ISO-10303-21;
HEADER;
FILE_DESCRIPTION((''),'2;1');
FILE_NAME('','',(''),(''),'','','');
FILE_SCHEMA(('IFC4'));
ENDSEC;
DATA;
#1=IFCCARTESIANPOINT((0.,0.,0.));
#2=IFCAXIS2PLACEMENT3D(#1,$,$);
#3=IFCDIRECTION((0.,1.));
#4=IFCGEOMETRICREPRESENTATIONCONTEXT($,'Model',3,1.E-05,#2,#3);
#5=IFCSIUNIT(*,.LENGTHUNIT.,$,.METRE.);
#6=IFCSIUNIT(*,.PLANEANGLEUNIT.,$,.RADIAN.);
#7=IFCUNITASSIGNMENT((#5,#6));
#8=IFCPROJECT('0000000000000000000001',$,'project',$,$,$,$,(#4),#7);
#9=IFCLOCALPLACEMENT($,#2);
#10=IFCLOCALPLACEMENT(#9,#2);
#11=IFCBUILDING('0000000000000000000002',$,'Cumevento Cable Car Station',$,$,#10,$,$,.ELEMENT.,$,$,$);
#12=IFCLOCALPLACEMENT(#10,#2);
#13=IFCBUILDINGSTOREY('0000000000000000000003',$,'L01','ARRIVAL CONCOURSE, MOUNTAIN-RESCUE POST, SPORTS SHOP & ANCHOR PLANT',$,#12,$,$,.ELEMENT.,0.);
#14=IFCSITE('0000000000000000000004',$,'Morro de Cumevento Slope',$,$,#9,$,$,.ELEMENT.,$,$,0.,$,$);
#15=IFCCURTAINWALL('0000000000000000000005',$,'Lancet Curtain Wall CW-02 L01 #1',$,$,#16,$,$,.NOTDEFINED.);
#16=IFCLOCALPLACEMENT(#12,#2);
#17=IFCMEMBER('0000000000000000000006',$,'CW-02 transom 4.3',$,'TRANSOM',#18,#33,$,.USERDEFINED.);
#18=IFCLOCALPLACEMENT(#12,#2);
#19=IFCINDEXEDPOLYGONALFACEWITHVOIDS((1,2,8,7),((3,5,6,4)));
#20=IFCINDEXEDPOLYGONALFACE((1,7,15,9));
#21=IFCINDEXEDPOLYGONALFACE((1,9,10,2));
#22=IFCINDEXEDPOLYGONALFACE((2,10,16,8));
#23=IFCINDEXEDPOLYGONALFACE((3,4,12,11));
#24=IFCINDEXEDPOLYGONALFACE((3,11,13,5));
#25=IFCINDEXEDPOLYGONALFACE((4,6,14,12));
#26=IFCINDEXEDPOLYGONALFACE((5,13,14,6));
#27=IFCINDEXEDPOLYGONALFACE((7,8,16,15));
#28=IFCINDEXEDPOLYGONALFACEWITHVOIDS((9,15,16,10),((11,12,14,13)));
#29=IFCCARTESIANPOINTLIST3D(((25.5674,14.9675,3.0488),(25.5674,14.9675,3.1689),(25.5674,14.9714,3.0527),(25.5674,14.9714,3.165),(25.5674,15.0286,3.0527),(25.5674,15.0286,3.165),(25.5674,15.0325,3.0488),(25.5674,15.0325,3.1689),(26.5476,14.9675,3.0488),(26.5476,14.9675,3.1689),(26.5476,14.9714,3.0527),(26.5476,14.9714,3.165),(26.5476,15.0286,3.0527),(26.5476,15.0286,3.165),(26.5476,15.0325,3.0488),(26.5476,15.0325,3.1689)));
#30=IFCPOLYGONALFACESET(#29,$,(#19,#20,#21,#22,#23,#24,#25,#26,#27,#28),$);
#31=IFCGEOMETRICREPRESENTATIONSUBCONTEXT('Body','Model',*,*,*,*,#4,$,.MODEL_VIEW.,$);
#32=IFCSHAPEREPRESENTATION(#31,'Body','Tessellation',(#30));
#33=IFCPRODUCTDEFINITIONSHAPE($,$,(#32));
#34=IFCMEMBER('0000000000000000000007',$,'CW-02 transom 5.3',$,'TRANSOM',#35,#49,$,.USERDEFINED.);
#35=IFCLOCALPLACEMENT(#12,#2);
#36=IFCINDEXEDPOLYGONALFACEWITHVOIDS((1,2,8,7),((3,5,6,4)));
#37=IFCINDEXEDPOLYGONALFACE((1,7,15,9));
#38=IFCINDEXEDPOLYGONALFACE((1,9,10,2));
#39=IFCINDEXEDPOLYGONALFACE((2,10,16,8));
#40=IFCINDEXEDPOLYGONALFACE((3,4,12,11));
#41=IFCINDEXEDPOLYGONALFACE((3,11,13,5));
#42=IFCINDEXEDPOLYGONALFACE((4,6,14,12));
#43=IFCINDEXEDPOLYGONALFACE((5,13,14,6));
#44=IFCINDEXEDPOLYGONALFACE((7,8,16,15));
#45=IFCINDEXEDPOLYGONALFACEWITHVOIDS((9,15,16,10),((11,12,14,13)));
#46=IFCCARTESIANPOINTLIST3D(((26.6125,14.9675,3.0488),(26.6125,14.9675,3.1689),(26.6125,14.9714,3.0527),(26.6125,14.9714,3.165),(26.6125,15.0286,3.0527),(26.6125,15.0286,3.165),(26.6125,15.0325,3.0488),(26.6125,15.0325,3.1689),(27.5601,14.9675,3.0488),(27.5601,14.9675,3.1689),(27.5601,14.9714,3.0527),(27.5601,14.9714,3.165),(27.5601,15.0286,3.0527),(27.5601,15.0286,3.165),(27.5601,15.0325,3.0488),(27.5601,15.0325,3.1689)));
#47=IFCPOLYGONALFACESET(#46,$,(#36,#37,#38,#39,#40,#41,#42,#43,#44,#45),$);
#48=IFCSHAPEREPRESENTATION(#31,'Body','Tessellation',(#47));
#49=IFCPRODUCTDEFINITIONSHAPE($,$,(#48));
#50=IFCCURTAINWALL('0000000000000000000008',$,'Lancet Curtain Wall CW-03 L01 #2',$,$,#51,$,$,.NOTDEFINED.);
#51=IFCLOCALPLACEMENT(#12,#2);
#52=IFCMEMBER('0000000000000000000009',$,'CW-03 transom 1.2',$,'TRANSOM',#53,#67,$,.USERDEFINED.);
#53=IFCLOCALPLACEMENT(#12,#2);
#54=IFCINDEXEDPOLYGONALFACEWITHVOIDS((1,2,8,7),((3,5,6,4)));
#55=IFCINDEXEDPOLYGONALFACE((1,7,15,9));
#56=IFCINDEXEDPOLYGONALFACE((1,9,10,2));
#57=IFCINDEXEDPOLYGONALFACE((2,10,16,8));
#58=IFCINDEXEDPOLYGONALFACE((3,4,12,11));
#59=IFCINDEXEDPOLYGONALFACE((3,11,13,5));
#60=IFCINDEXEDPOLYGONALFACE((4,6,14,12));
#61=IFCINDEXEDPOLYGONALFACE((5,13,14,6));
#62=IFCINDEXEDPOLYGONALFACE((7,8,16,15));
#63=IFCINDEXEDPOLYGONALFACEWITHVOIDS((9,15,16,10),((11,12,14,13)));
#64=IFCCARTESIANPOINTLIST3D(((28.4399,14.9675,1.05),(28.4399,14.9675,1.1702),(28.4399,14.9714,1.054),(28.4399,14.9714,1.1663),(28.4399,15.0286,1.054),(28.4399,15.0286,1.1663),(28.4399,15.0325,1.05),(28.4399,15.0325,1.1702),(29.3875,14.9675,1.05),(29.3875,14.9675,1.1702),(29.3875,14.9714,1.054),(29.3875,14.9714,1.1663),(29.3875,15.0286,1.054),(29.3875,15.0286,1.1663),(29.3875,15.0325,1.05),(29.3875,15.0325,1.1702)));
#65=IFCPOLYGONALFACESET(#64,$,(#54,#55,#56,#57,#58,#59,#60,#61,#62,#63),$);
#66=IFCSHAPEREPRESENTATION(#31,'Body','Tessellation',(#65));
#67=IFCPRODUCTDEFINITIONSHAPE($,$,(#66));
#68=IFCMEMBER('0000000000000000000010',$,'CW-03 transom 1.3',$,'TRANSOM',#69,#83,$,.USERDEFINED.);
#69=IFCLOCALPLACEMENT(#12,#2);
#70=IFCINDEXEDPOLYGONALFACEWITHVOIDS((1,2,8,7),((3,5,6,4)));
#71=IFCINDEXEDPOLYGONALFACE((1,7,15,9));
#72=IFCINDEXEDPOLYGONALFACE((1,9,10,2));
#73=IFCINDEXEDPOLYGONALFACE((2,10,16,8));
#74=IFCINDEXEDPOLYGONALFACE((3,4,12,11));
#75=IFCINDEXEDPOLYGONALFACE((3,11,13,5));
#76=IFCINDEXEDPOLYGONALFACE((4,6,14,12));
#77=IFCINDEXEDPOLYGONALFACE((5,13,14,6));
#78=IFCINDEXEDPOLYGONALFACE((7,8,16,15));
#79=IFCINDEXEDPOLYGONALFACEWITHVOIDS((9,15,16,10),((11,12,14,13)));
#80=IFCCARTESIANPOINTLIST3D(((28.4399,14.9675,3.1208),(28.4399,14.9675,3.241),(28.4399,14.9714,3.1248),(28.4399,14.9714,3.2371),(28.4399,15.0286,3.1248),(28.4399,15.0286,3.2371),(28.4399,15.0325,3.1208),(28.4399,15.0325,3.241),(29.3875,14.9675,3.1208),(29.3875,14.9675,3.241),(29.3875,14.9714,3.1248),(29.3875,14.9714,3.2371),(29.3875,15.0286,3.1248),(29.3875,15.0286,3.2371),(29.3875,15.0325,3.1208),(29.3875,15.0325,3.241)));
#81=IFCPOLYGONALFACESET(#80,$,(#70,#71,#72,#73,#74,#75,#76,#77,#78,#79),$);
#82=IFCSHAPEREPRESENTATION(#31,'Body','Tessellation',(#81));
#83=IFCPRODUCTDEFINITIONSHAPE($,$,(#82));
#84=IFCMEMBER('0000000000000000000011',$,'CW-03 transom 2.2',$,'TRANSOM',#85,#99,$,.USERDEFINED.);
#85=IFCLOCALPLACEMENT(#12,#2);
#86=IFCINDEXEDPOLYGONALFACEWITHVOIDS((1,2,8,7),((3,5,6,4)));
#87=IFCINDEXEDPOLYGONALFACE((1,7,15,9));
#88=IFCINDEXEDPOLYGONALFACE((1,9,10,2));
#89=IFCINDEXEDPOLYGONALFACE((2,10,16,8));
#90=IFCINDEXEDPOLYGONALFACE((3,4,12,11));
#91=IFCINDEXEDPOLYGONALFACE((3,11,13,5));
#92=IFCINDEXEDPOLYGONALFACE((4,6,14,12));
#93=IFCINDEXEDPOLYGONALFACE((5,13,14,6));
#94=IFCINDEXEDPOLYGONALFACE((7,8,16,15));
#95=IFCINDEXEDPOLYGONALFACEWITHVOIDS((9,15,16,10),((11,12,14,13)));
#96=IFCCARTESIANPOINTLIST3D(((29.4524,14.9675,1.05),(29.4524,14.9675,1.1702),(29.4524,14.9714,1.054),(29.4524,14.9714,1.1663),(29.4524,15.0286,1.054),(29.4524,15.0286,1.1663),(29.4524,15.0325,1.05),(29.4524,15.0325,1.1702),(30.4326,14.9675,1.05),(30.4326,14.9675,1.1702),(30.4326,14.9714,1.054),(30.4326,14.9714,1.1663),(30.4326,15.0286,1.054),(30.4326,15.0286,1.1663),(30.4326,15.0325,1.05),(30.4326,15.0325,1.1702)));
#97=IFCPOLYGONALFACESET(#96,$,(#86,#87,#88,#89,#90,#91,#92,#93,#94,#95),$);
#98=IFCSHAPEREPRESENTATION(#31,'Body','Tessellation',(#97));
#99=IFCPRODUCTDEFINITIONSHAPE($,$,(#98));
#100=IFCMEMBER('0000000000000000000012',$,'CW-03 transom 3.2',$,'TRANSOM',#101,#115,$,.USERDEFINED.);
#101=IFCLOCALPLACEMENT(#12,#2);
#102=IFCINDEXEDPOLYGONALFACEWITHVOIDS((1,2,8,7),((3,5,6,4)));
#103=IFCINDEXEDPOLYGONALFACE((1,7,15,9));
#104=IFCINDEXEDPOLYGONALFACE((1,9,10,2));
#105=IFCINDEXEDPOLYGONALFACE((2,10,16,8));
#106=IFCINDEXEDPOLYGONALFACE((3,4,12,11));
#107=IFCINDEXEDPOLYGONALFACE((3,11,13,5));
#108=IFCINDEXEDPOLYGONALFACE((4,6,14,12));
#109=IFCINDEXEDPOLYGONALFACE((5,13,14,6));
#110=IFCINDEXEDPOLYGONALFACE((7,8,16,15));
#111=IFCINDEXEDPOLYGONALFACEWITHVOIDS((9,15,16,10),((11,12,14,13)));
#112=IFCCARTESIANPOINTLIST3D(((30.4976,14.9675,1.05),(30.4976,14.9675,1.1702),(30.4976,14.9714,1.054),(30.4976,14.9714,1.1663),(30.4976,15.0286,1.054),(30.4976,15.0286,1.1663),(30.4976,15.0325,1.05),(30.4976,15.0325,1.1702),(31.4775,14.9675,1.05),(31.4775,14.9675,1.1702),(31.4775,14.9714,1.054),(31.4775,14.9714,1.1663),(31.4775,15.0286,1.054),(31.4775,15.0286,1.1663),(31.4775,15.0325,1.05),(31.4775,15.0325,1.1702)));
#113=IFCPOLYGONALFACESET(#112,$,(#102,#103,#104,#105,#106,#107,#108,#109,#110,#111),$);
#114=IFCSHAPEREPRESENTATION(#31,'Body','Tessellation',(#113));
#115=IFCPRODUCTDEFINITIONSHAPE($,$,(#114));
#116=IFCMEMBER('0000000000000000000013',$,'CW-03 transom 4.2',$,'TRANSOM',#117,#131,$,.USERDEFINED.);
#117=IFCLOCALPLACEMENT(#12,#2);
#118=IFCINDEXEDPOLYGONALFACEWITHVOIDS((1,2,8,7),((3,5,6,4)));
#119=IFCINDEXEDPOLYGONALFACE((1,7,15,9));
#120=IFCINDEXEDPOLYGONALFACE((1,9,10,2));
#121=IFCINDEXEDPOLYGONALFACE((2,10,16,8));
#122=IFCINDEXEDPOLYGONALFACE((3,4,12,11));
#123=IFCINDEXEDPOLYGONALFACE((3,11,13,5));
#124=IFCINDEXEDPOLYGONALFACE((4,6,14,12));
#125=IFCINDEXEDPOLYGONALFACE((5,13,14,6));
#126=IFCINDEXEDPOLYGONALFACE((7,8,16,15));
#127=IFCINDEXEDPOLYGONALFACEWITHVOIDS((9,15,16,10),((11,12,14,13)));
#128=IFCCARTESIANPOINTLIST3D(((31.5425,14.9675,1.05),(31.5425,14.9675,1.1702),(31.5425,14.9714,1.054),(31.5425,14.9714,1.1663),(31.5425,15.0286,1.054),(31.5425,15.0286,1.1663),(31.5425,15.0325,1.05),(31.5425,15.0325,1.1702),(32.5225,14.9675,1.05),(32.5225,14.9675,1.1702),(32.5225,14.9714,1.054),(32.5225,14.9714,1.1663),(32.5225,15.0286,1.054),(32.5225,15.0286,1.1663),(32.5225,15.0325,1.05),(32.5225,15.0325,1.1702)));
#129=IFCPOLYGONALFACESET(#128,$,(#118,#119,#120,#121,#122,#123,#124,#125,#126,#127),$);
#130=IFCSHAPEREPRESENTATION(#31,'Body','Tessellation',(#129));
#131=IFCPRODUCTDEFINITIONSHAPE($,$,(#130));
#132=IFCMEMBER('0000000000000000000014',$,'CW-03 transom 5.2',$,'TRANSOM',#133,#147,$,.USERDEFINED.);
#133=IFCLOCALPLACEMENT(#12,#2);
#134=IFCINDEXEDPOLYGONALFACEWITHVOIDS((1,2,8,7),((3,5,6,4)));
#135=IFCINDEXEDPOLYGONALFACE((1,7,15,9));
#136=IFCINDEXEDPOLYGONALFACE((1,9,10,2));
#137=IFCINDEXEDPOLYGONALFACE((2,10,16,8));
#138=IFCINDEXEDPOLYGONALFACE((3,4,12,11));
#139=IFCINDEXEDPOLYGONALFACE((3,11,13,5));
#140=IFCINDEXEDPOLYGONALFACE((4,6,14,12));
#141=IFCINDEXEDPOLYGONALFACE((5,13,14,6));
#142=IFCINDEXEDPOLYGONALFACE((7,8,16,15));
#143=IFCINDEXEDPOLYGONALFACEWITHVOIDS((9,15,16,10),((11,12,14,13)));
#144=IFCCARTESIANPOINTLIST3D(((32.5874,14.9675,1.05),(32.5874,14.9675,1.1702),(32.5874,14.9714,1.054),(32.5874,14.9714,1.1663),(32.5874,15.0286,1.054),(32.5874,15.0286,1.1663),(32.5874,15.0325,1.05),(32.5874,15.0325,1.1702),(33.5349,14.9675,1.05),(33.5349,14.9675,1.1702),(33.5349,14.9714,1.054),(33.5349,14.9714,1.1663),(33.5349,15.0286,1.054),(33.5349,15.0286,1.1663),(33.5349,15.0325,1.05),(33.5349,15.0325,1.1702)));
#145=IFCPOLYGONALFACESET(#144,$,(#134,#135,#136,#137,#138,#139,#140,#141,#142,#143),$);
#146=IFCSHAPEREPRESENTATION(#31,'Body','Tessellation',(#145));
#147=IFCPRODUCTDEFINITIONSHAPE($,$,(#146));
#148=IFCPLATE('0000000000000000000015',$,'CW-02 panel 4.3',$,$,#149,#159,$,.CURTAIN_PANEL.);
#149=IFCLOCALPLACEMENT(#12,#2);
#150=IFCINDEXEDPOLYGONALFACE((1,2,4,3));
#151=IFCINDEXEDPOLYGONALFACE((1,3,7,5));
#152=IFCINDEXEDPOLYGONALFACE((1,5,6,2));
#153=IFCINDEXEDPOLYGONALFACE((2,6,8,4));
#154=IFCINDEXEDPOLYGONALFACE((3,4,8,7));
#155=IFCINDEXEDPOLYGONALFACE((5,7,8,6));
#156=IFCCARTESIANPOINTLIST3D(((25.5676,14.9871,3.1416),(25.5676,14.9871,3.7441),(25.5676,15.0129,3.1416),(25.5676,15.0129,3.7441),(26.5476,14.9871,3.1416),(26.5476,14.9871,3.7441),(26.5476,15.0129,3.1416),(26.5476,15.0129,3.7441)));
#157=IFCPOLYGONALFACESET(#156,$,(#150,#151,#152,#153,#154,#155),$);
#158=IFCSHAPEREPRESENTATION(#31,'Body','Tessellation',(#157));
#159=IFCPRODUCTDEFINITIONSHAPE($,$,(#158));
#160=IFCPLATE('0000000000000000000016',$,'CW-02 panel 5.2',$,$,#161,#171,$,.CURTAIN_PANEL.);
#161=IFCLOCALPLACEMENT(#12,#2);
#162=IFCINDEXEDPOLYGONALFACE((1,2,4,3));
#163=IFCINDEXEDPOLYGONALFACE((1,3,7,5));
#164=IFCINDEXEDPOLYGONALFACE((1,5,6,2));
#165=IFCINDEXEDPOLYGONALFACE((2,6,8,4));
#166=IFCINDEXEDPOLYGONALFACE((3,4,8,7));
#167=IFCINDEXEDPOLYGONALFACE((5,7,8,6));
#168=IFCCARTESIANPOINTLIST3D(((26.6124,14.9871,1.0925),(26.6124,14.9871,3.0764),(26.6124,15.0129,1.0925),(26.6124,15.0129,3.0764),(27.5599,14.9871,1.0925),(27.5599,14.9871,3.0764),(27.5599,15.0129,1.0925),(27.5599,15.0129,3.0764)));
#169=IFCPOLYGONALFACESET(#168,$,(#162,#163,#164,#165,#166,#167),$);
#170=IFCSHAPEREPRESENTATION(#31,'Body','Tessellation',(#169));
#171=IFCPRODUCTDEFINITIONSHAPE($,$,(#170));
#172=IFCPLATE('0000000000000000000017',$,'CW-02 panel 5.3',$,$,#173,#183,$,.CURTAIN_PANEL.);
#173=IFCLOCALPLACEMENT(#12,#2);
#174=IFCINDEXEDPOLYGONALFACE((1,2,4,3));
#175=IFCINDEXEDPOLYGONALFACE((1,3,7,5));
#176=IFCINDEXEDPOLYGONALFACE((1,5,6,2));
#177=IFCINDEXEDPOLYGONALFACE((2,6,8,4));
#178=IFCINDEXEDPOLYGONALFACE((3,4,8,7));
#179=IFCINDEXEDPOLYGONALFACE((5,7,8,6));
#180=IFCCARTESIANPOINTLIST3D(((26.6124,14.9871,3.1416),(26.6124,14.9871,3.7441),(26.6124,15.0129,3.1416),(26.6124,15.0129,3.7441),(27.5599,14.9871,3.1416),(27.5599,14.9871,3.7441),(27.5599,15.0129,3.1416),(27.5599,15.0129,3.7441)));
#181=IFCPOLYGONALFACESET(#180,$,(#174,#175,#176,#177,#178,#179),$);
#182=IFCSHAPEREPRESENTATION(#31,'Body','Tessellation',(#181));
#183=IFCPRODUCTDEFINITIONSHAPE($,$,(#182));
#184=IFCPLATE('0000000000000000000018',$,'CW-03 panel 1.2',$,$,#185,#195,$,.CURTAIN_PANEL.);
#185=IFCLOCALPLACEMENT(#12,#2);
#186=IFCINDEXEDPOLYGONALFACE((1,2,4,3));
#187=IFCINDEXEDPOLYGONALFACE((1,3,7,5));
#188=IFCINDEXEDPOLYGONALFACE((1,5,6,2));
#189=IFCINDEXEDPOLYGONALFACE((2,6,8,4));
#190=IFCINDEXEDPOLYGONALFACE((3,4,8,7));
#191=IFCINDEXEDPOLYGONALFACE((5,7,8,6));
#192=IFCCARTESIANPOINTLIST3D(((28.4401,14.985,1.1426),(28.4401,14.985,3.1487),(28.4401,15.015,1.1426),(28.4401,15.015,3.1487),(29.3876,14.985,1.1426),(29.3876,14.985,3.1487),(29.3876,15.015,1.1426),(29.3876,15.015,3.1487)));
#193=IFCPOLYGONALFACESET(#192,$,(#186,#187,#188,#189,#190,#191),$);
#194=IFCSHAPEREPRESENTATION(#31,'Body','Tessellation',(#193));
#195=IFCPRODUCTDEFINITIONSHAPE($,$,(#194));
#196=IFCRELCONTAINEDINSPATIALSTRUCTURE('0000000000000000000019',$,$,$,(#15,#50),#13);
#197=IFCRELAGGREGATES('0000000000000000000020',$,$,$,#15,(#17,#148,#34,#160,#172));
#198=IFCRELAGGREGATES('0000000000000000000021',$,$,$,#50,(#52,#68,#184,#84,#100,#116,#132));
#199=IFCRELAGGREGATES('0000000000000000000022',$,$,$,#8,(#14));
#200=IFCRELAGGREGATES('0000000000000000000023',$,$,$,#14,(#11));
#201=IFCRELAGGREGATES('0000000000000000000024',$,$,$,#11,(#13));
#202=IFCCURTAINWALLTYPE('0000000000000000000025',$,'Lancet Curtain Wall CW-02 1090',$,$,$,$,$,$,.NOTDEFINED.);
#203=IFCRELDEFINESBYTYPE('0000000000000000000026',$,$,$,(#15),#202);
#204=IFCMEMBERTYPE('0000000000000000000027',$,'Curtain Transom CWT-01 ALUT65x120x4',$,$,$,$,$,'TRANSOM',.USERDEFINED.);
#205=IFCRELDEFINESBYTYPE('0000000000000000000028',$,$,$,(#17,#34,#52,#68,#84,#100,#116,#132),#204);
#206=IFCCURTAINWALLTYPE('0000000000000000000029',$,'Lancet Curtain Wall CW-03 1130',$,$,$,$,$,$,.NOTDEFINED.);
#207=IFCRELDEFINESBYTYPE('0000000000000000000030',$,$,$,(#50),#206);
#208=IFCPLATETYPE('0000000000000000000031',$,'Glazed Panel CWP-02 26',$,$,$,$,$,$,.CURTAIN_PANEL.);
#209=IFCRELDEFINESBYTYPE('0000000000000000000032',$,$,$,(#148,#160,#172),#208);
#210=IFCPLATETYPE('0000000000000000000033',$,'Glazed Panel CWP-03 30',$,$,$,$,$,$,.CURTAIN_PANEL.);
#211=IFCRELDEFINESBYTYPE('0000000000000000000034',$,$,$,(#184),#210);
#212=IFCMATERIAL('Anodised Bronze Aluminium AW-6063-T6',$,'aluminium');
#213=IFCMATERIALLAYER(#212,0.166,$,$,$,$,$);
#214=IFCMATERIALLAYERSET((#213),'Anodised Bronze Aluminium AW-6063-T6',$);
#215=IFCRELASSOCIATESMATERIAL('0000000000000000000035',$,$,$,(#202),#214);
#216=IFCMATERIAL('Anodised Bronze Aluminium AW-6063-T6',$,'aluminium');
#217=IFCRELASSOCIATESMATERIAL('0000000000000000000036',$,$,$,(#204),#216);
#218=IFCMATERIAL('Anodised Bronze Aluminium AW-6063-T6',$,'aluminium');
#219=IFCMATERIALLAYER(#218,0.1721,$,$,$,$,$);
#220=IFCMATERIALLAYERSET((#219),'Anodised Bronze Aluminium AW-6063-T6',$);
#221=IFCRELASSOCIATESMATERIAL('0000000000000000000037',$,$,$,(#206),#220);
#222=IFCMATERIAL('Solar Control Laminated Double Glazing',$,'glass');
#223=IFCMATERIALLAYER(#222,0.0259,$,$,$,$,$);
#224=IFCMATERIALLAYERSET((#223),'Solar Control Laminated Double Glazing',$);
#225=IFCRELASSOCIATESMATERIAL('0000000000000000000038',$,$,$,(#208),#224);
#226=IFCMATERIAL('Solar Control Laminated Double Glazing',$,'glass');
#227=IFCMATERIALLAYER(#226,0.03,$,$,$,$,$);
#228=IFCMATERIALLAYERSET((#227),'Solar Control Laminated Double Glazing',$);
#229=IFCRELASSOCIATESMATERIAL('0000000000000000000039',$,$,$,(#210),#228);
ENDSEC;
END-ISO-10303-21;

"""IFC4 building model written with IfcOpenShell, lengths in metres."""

from ifc_helpers import new_model, si_unit, direction, frame, origin, origin_2d, place, context, subcontext, project, spatial, rectangle, hollow_rectangle, extrude, material, layer, layer_set, material_profile, profile_set, type_object, element, aggregate, save


model = new_model("IFC4")

# Units and contexts
model_context = context("Model", 3, precision=1e-05, world=origin(), true_north=direction((0.0, 1.0)))
body_context = subcontext(model_context, "Body", "Model", "MODEL_VIEW")
ifc_project = project(units=[si_unit("LENGTHUNIT", "METRE"), si_unit("PLANEANGLEUNIT", "RADIAN")], contexts=[model_context])

# Site, building, storey
site_placement = place(None, origin())
site = spatial("IfcSite", under=ifc_project, at=site_placement, Name="Morro de Cumevento Slope", CompositionType="ELEMENT", RefElevation=0.0)
building_placement = place(site_placement, origin())
building = spatial("IfcBuilding", under=site, at=building_placement, Name="Cumevento Cable Car Station", CompositionType="ELEMENT")
storey_placement = place(building_placement, origin())
storey = spatial("IfcBuildingStorey", under=building, at=storey_placement, Name="L01", Description="ARRIVAL CONCOURSE, MOUNTAIN-RESCUE POST, SPORTS SHOP & ANCHOR PLANT", CompositionType="ELEMENT", Elevation=0.0)

# Curtain walls, members
ifc_material_1 = material(Name="Anodised Bronze Aluminium AW-6063-T6", Category="aluminium")
ifc_layer_1 = layer(ifc_material_1, 0.166)
ifc_layer_set_1 = layer_set([ifc_layer_1], Name="Anodised Bronze Aluminium AW-6063-T6")
curtain_wall_type_1 = type_object("IfcCurtainWallType", Name="Lancet Curtain Wall CW-02 1090", PredefinedType="NOTDEFINED", material=ifc_layer_set_1)
curtain_wall_1_placement = place(storey_placement, origin())
curtain_wall_1 = element("IfcCurtainWall", 1, at=curtain_wall_1_placement, inside=storey, type_object=curtain_wall_type_1, Name="Lancet Curtain Wall CW-02 L01 #1", PredefinedType="NOTDEFINED")
ifc_material_2 = material(Name="Anodised Bronze Aluminium AW-6063-T6", Category="aluminium")
ifc_material_profile = material_profile(ifc_material_2, hollow_rectangle(XDim=0.0649, YDim=0.1201, WallThickness=0.0039, at=origin_2d()), Name="ALUT65x120x4")
ifc_profile_set = profile_set([ifc_material_profile], Name="Anodised Bronze Aluminium AW-6063-T6")
member_type = type_object("IfcMemberType", Name="Curtain Transom CWT-01 ALUT65x120x4", ElementType="TRANSOM", PredefinedType="USERDEFINED", material=ifc_profile_set)
member_1_placement = place(storey_placement, frame((25.5674, 15.0, 3.1089), z_axis=(1.0, 0.0, 0.0), x_axis=(0.0, 1.0, 0.0)))
member_1 = element("IfcMember", 2, at=member_1_placement, type_object=member_type, Name="CW-02 transom 4.3", ObjectType="TRANSOM", PredefinedType="USERDEFINED", context=body_context, shape_type="SweptSolid", body=[
    extrude(hollow_rectangle(XDim=0.0649, YDim=0.1201, WallThickness=0.0039, at=origin_2d()), origin(), (0.0, 0.0, 1.0), 0.9802),
])
member_2_placement = place(storey_placement, frame((26.6125, 15.0, 3.1089), z_axis=(1.0, 0.0, 0.0), x_axis=(0.0, 1.0, 0.0)))
member_2 = element("IfcMember", 3, at=member_2_placement, type_object=member_type, Name="CW-02 transom 5.3", ObjectType="TRANSOM", PredefinedType="USERDEFINED", context=body_context, shape_type="SweptSolid", body=[
    extrude(hollow_rectangle(XDim=0.0649, YDim=0.1201, WallThickness=0.0039, at=origin_2d()), origin(), (0.0, 0.0, 1.0), 0.9475),
])
ifc_material_3 = material(Name="Anodised Bronze Aluminium AW-6063-T6", Category="aluminium")
ifc_layer_2 = layer(ifc_material_3, 0.1721)
ifc_layer_set_2 = layer_set([ifc_layer_2], Name="Anodised Bronze Aluminium AW-6063-T6")
curtain_wall_type_2 = type_object("IfcCurtainWallType", Name="Lancet Curtain Wall CW-03 1130", PredefinedType="NOTDEFINED", material=ifc_layer_set_2)
curtain_wall_2_placement = place(storey_placement, origin())
curtain_wall_2 = element("IfcCurtainWall", 4, at=curtain_wall_2_placement, inside=storey, type_object=curtain_wall_type_2, Name="Lancet Curtain Wall CW-03 L01 #2", PredefinedType="NOTDEFINED")
member_3_placement = place(storey_placement, frame((28.4399, 15.0, 1.1101), z_axis=(1.0, 0.0, 0.0), x_axis=(0.0, 1.0, 0.0)))
member_3 = element("IfcMember", 5, at=member_3_placement, type_object=member_type, Name="CW-03 transom 1.2", ObjectType="TRANSOM", PredefinedType="USERDEFINED", context=body_context, shape_type="SweptSolid", body=[
    extrude(hollow_rectangle(XDim=0.0649, YDim=0.1201, WallThickness=0.0039, at=origin_2d()), origin(), (0.0, 0.0, 1.0), 0.9475),
])
member_4_placement = place(storey_placement, frame((28.4399, 15.0, 3.1809), z_axis=(1.0, 0.0, 0.0), x_axis=(0.0, 1.0, 0.0)))
member_4 = element("IfcMember", 6, at=member_4_placement, type_object=member_type, Name="CW-03 transom 1.3", ObjectType="TRANSOM", PredefinedType="USERDEFINED", context=body_context, shape_type="SweptSolid", body=[
    extrude(hollow_rectangle(XDim=0.0649, YDim=0.1201, WallThickness=0.0039, at=origin_2d()), origin(), (0.0, 0.0, 1.0), 0.9475),
])
member_5_placement = place(storey_placement, frame((29.4524, 15.0, 1.1101), z_axis=(1.0, 0.0, 0.0), x_axis=(0.0, 1.0, 0.0)))
member_5 = element("IfcMember", 7, at=member_5_placement, type_object=member_type, Name="CW-03 transom 2.2", ObjectType="TRANSOM", PredefinedType="USERDEFINED", context=body_context, shape_type="SweptSolid", body=[
    extrude(hollow_rectangle(XDim=0.0649, YDim=0.1201, WallThickness=0.0039, at=origin_2d()), origin(), (0.0, 0.0, 1.0), 0.9802),
])
member_6_placement = place(storey_placement, frame((30.4976, 15.0, 1.1101), z_axis=(1.0, 0.0, 0.0), x_axis=(0.0, 1.0, 0.0)))
member_6 = element("IfcMember", 8, at=member_6_placement, type_object=member_type, Name="CW-03 transom 3.2", ObjectType="TRANSOM", PredefinedType="USERDEFINED", context=body_context, shape_type="SweptSolid", body=[
    extrude(hollow_rectangle(XDim=0.0649, YDim=0.1201, WallThickness=0.0039, at=origin_2d()), origin(), (0.0, 0.0, 1.0), 0.98),
])
member_7_placement = place(storey_placement, frame((31.5425, 15.0, 1.1101), z_axis=(1.0, 0.0, 0.0), x_axis=(0.0, 1.0, 0.0)))
member_7 = element("IfcMember", 9, at=member_7_placement, type_object=member_type, Name="CW-03 transom 4.2", ObjectType="TRANSOM", PredefinedType="USERDEFINED", context=body_context, shape_type="SweptSolid", body=[
    extrude(hollow_rectangle(XDim=0.0649, YDim=0.1201, WallThickness=0.0039, at=origin_2d()), origin(), (0.0, 0.0, 1.0), 0.98),
])
member_8_placement = place(storey_placement, frame((32.5874, 15.0, 1.1101), z_axis=(1.0, 0.0, 0.0), x_axis=(0.0, 1.0, 0.0)))
member_8 = element("IfcMember", 10, at=member_8_placement, type_object=member_type, Name="CW-03 transom 5.2", ObjectType="TRANSOM", PredefinedType="USERDEFINED", context=body_context, shape_type="SweptSolid", body=[
    extrude(hollow_rectangle(XDim=0.0649, YDim=0.1201, WallThickness=0.0039, at=origin_2d()), origin(), (0.0, 0.0, 1.0), 0.9475),
])

# Plates
ifc_material_4 = material(Name="Solar Control Laminated Double Glazing", Category="glass")
ifc_layer_3 = layer(ifc_material_4, 0.0259)
ifc_layer_set_3 = layer_set([ifc_layer_3], Name="Solar Control Laminated Double Glazing")
plate_type_1 = type_object("IfcPlateType", Name="Glazed Panel CWP-02 26", PredefinedType="CURTAIN_PANEL", material=ifc_layer_set_3)
plate_1_placement = place(storey_placement, frame((26.0576, 15.0, 3.1416), z_axis=(0.0, 0.0, 1.0), x_axis=(1.0, 0.0, 0.0)))
plate_1 = element("IfcPlate", 11, at=plate_1_placement, type_object=plate_type_1, Name="CW-02 panel 4.3", PredefinedType="CURTAIN_PANEL", context=body_context, shape_type="SweptSolid", body=[
    extrude(rectangle(XDim=0.98, YDim=0.0259, at=origin_2d()), origin(), (0.0, 0.0, 1.0), 0.6025),
])
plate_2_placement = place(storey_placement, frame((27.0862, 15.0, 1.0925), z_axis=(0.0, 0.0, 1.0), x_axis=(1.0, 0.0, 0.0)))
plate_2 = element("IfcPlate", 12, at=plate_2_placement, type_object=plate_type_1, Name="CW-02 panel 5.2", PredefinedType="CURTAIN_PANEL", context=body_context, shape_type="SweptSolid", body=[
    extrude(rectangle(XDim=0.9475, YDim=0.0259, at=origin_2d()), origin(), (0.0, 0.0, 1.0), 1.9839),
])
plate_3_placement = place(storey_placement, frame((27.0862, 15.0, 3.1416), z_axis=(0.0, 0.0, 1.0), x_axis=(1.0, 0.0, 0.0)))
plate_3 = element("IfcPlate", 13, at=plate_3_placement, type_object=plate_type_1, Name="CW-02 panel 5.3", PredefinedType="CURTAIN_PANEL", context=body_context, shape_type="SweptSolid", body=[
    extrude(rectangle(XDim=0.9475, YDim=0.0259, at=origin_2d()), origin(), (0.0, 0.0, 1.0), 0.6025),
])
aggregate(curtain_wall_1, [member_1, plate_1, member_2, plate_2, plate_3])
ifc_material_5 = material(Name="Solar Control Laminated Double Glazing", Category="glass")
ifc_layer_4 = layer(ifc_material_5, 0.03)
ifc_layer_set_4 = layer_set([ifc_layer_4], Name="Solar Control Laminated Double Glazing")
plate_type_2 = type_object("IfcPlateType", Name="Glazed Panel CWP-03 30", PredefinedType="CURTAIN_PANEL", material=ifc_layer_set_4)
plate_4_placement = place(storey_placement, frame((28.9138, 15.0, 1.1426), z_axis=(0.0, 0.0, 1.0), x_axis=(1.0, 0.0, 0.0)))
plate_4 = element("IfcPlate", 14, at=plate_4_placement, type_object=plate_type_2, Name="CW-03 panel 1.2", PredefinedType="CURTAIN_PANEL", context=body_context, shape_type="SweptSolid", body=[
    extrude(rectangle(XDim=0.9475, YDim=0.03, at=origin_2d()), origin(), (0.0, 0.0, 1.0), 2.0061),
])
aggregate(curtain_wall_2, [member_3, member_4, plate_4, member_5, member_6, member_7, member_8])

save(model, "model.ifc")
